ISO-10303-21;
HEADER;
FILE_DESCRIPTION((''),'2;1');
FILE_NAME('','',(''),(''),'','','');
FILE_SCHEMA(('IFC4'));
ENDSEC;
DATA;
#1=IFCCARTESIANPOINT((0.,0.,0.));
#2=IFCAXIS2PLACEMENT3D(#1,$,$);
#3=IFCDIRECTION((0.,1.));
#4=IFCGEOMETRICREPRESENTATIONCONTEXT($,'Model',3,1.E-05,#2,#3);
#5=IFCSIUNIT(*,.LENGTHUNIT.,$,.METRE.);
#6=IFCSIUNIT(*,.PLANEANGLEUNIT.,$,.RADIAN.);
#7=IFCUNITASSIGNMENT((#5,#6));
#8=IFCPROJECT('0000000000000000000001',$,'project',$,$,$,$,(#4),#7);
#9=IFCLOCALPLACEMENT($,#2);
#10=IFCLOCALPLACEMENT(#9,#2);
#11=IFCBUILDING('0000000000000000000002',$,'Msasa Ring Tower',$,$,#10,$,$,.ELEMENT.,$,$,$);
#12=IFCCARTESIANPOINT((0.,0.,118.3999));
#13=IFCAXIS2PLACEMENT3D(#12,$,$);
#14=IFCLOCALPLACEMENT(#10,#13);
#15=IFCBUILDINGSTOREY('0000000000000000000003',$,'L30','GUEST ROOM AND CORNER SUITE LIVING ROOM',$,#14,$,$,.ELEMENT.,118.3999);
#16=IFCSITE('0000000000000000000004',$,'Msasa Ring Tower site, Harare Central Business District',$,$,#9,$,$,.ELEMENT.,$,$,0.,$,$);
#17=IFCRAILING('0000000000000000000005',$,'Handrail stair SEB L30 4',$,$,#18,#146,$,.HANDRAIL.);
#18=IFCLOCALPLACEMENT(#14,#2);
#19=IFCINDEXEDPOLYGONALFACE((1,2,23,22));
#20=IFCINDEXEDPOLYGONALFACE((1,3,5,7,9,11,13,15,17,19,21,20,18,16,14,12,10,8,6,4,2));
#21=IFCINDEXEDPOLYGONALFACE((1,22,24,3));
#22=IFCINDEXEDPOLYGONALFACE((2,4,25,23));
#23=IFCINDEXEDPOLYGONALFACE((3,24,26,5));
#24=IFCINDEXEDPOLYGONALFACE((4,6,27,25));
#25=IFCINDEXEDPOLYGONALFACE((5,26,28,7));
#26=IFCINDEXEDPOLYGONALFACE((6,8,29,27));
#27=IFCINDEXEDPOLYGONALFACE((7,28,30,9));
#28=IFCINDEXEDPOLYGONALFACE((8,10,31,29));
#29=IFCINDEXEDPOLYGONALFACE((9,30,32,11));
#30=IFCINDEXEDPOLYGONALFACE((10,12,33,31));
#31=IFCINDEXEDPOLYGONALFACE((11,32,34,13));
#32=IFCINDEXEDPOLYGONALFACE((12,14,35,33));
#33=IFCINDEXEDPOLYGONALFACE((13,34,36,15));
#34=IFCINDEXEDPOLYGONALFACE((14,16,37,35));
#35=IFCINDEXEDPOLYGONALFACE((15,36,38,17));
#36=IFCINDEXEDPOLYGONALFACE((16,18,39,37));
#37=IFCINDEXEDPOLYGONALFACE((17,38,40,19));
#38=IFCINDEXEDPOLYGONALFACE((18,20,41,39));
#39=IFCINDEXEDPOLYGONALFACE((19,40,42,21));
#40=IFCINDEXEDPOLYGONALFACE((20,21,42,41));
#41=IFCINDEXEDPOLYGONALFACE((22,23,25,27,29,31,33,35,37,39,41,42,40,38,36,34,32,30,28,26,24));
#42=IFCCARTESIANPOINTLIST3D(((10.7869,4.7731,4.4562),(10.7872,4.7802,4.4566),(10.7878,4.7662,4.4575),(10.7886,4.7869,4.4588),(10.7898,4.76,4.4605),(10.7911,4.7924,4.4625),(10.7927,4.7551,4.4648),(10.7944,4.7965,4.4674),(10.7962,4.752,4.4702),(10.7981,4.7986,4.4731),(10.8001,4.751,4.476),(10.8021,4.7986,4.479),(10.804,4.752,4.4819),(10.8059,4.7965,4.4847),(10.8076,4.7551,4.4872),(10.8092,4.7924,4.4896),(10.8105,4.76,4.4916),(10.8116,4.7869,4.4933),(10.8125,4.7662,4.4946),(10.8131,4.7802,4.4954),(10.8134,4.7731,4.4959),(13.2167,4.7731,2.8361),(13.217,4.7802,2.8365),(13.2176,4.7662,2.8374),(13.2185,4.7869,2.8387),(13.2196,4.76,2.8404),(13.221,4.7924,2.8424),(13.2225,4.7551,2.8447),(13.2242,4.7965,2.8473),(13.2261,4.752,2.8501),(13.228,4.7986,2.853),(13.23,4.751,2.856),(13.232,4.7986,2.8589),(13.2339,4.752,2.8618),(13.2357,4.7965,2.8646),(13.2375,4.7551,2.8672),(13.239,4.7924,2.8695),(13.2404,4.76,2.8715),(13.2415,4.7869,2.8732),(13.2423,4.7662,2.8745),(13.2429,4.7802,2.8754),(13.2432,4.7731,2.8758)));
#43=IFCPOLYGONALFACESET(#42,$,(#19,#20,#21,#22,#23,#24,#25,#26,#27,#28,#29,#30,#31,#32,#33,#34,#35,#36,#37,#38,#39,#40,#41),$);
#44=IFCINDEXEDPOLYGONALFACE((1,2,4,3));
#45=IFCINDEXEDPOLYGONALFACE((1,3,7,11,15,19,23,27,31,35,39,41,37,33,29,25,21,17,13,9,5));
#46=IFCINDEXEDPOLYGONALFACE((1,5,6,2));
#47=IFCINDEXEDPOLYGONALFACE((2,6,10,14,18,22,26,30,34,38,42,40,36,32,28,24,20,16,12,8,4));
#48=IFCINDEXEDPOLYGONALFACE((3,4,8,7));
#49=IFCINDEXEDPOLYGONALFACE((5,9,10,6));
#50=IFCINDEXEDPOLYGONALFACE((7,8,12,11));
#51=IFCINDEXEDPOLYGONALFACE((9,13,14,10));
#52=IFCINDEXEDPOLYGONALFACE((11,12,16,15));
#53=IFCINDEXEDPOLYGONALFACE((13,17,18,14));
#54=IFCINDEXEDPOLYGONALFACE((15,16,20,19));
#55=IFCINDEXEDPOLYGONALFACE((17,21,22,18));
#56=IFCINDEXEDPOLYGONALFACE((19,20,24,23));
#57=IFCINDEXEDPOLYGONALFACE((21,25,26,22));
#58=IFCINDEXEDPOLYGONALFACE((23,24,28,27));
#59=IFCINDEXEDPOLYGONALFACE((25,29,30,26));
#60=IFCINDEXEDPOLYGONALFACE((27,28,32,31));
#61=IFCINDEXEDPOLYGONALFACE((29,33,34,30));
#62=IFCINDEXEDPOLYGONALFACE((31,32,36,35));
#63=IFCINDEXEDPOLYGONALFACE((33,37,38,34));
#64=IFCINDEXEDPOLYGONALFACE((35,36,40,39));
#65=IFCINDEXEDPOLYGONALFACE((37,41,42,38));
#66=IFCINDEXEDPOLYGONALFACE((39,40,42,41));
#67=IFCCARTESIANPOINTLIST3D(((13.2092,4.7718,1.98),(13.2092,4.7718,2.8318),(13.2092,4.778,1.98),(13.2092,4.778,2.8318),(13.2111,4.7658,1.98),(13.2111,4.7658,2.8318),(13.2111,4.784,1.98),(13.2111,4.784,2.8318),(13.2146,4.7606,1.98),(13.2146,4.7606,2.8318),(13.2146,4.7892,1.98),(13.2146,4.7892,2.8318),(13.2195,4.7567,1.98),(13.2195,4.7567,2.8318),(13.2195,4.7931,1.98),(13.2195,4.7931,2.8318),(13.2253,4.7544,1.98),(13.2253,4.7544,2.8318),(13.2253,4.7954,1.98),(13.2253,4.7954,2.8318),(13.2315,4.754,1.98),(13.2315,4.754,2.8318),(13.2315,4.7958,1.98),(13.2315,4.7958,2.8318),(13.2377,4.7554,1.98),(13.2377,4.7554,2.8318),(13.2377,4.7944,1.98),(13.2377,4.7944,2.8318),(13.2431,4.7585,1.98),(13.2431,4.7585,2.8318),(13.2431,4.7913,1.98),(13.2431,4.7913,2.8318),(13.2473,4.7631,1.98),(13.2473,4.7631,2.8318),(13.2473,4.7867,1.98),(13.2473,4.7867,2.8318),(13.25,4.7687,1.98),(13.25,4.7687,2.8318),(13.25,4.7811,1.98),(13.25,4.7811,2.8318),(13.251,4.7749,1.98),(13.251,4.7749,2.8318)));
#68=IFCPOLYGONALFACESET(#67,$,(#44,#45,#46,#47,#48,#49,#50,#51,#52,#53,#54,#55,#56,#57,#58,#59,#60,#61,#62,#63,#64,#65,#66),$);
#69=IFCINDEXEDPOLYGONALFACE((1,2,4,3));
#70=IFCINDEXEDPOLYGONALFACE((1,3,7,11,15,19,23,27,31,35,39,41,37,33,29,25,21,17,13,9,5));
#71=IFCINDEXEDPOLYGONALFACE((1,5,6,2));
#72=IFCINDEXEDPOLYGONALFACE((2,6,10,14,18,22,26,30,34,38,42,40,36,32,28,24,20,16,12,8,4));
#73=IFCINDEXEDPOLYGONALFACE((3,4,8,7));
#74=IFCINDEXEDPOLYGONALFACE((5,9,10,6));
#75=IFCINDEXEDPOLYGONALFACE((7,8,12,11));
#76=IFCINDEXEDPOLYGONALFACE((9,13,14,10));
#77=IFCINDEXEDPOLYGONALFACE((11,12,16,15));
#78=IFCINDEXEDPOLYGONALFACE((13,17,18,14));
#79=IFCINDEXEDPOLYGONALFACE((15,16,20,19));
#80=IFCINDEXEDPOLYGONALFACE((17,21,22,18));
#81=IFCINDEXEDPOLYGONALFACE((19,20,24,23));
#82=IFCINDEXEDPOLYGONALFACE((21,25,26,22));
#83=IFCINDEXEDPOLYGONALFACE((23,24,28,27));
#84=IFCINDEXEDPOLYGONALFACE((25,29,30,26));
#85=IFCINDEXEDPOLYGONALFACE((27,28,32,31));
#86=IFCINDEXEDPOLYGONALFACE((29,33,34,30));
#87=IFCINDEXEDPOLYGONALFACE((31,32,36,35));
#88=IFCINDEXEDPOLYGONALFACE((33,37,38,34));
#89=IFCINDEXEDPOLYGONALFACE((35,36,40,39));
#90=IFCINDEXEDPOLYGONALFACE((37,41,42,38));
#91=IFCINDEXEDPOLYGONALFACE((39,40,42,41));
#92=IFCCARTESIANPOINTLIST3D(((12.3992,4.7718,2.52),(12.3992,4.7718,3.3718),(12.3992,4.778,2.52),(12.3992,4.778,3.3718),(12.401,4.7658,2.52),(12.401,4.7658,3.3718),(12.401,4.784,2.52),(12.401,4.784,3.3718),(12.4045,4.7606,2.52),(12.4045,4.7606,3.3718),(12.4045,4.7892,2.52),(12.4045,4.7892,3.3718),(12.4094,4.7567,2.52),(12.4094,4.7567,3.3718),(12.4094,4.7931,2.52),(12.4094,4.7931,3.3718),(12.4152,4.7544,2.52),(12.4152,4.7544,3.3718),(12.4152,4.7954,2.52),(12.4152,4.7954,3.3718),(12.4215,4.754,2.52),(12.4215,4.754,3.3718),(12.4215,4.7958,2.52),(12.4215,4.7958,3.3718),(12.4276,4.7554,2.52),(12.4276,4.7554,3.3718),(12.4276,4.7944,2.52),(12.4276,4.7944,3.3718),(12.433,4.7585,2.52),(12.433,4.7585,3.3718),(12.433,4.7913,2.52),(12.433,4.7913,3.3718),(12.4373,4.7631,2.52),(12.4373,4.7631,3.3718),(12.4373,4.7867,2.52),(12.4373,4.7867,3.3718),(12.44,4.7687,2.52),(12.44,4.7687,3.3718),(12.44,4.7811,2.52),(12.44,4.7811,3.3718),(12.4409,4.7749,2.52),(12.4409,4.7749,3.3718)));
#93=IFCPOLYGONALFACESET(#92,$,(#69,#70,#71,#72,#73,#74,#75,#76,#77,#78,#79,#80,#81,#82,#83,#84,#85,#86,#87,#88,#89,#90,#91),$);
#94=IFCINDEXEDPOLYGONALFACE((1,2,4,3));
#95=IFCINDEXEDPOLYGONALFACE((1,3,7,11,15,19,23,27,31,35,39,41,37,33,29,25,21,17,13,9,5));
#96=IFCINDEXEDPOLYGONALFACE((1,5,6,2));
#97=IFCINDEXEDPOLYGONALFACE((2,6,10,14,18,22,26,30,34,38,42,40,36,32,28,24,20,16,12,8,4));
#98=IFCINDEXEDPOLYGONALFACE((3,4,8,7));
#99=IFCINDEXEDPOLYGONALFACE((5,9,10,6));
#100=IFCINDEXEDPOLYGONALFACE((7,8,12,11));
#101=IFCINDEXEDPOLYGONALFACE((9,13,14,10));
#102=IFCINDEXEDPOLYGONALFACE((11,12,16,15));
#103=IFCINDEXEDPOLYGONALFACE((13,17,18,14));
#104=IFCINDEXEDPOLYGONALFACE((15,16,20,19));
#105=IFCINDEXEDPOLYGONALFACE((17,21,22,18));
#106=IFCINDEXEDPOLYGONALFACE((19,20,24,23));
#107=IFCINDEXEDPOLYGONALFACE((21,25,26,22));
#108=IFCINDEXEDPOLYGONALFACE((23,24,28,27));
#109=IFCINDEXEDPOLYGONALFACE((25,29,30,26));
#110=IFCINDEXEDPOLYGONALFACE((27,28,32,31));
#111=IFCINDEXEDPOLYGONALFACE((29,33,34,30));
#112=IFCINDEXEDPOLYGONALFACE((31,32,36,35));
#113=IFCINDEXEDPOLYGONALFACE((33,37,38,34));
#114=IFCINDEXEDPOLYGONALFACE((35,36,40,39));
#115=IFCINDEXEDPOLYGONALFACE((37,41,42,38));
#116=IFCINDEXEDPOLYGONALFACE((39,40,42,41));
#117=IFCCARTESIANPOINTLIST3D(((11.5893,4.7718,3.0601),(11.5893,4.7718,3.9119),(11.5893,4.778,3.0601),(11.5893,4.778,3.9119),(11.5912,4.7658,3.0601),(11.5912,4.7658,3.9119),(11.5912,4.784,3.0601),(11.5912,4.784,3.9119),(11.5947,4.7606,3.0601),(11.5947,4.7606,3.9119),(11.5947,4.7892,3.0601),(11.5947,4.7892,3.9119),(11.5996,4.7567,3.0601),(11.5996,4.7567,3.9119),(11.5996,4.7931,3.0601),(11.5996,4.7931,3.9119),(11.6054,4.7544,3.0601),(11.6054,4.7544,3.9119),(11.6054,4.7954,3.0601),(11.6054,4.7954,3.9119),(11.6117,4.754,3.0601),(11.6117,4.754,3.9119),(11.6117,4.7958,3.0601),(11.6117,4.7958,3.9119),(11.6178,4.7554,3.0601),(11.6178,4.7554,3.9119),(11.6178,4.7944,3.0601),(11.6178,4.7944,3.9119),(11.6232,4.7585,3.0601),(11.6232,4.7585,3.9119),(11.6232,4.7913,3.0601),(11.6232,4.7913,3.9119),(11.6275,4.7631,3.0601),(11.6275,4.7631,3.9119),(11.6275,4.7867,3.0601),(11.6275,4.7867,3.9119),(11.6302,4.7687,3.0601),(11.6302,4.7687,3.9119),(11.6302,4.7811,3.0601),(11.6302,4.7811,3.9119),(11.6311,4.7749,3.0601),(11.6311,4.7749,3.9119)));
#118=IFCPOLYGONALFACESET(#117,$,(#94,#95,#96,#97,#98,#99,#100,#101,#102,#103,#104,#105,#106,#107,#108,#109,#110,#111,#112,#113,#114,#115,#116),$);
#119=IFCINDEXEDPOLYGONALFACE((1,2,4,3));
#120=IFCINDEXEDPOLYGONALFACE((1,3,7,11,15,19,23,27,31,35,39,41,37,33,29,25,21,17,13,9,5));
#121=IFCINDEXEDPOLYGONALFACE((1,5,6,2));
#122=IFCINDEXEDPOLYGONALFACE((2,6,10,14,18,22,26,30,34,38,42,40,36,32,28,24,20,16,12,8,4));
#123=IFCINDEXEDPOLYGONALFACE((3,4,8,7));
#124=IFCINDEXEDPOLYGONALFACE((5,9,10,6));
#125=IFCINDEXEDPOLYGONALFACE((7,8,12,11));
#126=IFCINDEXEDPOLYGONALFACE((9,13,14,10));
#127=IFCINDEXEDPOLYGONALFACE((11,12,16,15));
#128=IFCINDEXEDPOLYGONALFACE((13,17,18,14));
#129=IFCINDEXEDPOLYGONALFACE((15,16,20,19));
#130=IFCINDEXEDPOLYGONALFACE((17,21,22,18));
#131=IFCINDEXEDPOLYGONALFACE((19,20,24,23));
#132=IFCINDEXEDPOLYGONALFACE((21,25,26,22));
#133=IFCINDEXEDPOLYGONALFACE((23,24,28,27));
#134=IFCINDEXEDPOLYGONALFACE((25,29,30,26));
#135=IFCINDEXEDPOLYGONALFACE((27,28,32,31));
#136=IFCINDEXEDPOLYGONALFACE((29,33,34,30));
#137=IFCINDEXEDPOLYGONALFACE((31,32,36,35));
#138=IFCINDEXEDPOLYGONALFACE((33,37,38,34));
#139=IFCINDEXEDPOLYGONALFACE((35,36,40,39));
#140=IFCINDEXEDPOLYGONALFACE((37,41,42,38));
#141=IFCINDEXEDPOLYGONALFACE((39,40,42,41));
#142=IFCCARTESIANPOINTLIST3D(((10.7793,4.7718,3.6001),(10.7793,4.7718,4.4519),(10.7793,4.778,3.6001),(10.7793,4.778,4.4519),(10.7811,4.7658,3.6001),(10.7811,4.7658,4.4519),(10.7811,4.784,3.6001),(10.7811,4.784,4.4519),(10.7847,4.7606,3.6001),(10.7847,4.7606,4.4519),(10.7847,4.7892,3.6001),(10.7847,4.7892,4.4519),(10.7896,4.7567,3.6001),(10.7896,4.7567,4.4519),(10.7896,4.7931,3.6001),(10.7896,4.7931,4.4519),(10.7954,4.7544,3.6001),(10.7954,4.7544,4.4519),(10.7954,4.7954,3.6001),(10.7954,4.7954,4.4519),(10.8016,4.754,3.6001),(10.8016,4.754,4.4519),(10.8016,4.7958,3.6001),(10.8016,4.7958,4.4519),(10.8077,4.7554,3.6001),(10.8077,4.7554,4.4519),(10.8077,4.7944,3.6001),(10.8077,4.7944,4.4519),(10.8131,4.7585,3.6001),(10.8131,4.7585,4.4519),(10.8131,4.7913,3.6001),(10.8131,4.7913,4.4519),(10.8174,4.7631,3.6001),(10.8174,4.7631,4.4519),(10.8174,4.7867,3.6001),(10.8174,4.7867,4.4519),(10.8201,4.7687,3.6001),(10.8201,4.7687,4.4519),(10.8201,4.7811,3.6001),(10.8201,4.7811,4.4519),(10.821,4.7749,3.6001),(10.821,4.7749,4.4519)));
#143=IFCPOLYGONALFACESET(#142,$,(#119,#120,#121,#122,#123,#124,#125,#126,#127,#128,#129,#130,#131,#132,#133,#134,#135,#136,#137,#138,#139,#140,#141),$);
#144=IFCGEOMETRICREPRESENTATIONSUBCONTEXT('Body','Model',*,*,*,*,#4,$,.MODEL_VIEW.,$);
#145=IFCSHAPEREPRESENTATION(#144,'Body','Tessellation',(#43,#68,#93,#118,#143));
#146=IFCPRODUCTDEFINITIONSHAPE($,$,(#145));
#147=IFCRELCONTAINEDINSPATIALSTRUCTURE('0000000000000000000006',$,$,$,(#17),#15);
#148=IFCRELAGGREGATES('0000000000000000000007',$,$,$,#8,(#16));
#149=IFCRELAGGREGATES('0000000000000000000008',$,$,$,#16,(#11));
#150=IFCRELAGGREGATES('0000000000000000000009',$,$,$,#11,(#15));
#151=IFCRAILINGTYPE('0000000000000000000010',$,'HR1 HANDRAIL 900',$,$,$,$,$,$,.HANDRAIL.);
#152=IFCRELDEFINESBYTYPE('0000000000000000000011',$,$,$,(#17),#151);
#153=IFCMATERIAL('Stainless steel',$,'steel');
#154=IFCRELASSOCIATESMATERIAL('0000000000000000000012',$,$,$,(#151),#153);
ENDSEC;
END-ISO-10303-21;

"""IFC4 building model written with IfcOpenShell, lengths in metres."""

from ifc_helpers import new_model, si_unit, direction, frame, origin, origin_2d, place, context, subcontext, project, spatial, circle, extrude, material, type_object, element, save


model = new_model("IFC4")

# Units and contexts
model_context = context("Model", 3, precision=1e-05, world=origin(), true_north=direction((0.0, 1.0)))
body_context = subcontext(model_context, "Body", "Model", "MODEL_VIEW")
ifc_project = project(units=[si_unit("LENGTHUNIT", "METRE"), si_unit("PLANEANGLEUNIT", "RADIAN")], contexts=[model_context])

# Site, building, storey
site_placement = place(None, origin())
site = spatial("IfcSite", under=ifc_project, at=site_placement, Name="Msasa Ring Tower site, Harare Central Business District", CompositionType="ELEMENT", RefElevation=0.0)
building_placement = place(site_placement, origin())
building = spatial("IfcBuilding", under=site, at=building_placement, Name="Msasa Ring Tower", CompositionType="ELEMENT")
storey_placement = place(building_placement, frame((0.0, 0.0, 118.3999)))
storey = spatial("IfcBuildingStorey", under=building, at=storey_placement, Name="L30", Description="GUEST ROOM AND CORNER SUITE LIVING ROOM", CompositionType="ELEMENT", Elevation=118.3999)

# Railing
ifc_material_1 = material(Name="Stainless steel", Category="steel")
railing_type = type_object("IfcRailingType", Name="HR1 HANDRAIL 900", PredefinedType="HANDRAIL", material=ifc_material_1)
for number, where, name in (
    (1, (13.23, 4.7749, 1.98), "Handrail stair SEB L30 4"),
):
    element("IfcRailing", number, at=place(storey_placement, frame(where)), inside=storey, type_object=railing_type, Name=name, PredefinedType="HANDRAIL", context=body_context, shape_type="SweptSolid", body=[
        extrude(circle(Radius=0.0239, at=origin_2d()), frame((0.0, 0.0, 0.876), z_axis=(-0.832025, 0.0, 0.554739), x_axis=(0.0, -1.0, 0.0)), (0.0, 0.0, 1.0), 2.9204),
        extrude(circle(Radius=0.021, at=origin_2d()), origin(), (0.0, 0.0, 1.0), 0.8518),
        extrude(circle(Radius=0.021, at=origin_2d()), frame((-0.8101, 0.0, 0.54)), (0.0, 0.0, 1.0), 0.8518),
        extrude(circle(Radius=0.021, at=origin_2d()), frame((-1.6199, 0.0, 1.0801)), (0.0, 0.0, 1.0), 0.8518),
        extrude(circle(Radius=0.021, at=origin_2d()), frame((-2.4299, 0.0, 1.6201)), (0.0, 0.0, 1.0), 0.8518),
    ])

save(model, "model.ifc")
